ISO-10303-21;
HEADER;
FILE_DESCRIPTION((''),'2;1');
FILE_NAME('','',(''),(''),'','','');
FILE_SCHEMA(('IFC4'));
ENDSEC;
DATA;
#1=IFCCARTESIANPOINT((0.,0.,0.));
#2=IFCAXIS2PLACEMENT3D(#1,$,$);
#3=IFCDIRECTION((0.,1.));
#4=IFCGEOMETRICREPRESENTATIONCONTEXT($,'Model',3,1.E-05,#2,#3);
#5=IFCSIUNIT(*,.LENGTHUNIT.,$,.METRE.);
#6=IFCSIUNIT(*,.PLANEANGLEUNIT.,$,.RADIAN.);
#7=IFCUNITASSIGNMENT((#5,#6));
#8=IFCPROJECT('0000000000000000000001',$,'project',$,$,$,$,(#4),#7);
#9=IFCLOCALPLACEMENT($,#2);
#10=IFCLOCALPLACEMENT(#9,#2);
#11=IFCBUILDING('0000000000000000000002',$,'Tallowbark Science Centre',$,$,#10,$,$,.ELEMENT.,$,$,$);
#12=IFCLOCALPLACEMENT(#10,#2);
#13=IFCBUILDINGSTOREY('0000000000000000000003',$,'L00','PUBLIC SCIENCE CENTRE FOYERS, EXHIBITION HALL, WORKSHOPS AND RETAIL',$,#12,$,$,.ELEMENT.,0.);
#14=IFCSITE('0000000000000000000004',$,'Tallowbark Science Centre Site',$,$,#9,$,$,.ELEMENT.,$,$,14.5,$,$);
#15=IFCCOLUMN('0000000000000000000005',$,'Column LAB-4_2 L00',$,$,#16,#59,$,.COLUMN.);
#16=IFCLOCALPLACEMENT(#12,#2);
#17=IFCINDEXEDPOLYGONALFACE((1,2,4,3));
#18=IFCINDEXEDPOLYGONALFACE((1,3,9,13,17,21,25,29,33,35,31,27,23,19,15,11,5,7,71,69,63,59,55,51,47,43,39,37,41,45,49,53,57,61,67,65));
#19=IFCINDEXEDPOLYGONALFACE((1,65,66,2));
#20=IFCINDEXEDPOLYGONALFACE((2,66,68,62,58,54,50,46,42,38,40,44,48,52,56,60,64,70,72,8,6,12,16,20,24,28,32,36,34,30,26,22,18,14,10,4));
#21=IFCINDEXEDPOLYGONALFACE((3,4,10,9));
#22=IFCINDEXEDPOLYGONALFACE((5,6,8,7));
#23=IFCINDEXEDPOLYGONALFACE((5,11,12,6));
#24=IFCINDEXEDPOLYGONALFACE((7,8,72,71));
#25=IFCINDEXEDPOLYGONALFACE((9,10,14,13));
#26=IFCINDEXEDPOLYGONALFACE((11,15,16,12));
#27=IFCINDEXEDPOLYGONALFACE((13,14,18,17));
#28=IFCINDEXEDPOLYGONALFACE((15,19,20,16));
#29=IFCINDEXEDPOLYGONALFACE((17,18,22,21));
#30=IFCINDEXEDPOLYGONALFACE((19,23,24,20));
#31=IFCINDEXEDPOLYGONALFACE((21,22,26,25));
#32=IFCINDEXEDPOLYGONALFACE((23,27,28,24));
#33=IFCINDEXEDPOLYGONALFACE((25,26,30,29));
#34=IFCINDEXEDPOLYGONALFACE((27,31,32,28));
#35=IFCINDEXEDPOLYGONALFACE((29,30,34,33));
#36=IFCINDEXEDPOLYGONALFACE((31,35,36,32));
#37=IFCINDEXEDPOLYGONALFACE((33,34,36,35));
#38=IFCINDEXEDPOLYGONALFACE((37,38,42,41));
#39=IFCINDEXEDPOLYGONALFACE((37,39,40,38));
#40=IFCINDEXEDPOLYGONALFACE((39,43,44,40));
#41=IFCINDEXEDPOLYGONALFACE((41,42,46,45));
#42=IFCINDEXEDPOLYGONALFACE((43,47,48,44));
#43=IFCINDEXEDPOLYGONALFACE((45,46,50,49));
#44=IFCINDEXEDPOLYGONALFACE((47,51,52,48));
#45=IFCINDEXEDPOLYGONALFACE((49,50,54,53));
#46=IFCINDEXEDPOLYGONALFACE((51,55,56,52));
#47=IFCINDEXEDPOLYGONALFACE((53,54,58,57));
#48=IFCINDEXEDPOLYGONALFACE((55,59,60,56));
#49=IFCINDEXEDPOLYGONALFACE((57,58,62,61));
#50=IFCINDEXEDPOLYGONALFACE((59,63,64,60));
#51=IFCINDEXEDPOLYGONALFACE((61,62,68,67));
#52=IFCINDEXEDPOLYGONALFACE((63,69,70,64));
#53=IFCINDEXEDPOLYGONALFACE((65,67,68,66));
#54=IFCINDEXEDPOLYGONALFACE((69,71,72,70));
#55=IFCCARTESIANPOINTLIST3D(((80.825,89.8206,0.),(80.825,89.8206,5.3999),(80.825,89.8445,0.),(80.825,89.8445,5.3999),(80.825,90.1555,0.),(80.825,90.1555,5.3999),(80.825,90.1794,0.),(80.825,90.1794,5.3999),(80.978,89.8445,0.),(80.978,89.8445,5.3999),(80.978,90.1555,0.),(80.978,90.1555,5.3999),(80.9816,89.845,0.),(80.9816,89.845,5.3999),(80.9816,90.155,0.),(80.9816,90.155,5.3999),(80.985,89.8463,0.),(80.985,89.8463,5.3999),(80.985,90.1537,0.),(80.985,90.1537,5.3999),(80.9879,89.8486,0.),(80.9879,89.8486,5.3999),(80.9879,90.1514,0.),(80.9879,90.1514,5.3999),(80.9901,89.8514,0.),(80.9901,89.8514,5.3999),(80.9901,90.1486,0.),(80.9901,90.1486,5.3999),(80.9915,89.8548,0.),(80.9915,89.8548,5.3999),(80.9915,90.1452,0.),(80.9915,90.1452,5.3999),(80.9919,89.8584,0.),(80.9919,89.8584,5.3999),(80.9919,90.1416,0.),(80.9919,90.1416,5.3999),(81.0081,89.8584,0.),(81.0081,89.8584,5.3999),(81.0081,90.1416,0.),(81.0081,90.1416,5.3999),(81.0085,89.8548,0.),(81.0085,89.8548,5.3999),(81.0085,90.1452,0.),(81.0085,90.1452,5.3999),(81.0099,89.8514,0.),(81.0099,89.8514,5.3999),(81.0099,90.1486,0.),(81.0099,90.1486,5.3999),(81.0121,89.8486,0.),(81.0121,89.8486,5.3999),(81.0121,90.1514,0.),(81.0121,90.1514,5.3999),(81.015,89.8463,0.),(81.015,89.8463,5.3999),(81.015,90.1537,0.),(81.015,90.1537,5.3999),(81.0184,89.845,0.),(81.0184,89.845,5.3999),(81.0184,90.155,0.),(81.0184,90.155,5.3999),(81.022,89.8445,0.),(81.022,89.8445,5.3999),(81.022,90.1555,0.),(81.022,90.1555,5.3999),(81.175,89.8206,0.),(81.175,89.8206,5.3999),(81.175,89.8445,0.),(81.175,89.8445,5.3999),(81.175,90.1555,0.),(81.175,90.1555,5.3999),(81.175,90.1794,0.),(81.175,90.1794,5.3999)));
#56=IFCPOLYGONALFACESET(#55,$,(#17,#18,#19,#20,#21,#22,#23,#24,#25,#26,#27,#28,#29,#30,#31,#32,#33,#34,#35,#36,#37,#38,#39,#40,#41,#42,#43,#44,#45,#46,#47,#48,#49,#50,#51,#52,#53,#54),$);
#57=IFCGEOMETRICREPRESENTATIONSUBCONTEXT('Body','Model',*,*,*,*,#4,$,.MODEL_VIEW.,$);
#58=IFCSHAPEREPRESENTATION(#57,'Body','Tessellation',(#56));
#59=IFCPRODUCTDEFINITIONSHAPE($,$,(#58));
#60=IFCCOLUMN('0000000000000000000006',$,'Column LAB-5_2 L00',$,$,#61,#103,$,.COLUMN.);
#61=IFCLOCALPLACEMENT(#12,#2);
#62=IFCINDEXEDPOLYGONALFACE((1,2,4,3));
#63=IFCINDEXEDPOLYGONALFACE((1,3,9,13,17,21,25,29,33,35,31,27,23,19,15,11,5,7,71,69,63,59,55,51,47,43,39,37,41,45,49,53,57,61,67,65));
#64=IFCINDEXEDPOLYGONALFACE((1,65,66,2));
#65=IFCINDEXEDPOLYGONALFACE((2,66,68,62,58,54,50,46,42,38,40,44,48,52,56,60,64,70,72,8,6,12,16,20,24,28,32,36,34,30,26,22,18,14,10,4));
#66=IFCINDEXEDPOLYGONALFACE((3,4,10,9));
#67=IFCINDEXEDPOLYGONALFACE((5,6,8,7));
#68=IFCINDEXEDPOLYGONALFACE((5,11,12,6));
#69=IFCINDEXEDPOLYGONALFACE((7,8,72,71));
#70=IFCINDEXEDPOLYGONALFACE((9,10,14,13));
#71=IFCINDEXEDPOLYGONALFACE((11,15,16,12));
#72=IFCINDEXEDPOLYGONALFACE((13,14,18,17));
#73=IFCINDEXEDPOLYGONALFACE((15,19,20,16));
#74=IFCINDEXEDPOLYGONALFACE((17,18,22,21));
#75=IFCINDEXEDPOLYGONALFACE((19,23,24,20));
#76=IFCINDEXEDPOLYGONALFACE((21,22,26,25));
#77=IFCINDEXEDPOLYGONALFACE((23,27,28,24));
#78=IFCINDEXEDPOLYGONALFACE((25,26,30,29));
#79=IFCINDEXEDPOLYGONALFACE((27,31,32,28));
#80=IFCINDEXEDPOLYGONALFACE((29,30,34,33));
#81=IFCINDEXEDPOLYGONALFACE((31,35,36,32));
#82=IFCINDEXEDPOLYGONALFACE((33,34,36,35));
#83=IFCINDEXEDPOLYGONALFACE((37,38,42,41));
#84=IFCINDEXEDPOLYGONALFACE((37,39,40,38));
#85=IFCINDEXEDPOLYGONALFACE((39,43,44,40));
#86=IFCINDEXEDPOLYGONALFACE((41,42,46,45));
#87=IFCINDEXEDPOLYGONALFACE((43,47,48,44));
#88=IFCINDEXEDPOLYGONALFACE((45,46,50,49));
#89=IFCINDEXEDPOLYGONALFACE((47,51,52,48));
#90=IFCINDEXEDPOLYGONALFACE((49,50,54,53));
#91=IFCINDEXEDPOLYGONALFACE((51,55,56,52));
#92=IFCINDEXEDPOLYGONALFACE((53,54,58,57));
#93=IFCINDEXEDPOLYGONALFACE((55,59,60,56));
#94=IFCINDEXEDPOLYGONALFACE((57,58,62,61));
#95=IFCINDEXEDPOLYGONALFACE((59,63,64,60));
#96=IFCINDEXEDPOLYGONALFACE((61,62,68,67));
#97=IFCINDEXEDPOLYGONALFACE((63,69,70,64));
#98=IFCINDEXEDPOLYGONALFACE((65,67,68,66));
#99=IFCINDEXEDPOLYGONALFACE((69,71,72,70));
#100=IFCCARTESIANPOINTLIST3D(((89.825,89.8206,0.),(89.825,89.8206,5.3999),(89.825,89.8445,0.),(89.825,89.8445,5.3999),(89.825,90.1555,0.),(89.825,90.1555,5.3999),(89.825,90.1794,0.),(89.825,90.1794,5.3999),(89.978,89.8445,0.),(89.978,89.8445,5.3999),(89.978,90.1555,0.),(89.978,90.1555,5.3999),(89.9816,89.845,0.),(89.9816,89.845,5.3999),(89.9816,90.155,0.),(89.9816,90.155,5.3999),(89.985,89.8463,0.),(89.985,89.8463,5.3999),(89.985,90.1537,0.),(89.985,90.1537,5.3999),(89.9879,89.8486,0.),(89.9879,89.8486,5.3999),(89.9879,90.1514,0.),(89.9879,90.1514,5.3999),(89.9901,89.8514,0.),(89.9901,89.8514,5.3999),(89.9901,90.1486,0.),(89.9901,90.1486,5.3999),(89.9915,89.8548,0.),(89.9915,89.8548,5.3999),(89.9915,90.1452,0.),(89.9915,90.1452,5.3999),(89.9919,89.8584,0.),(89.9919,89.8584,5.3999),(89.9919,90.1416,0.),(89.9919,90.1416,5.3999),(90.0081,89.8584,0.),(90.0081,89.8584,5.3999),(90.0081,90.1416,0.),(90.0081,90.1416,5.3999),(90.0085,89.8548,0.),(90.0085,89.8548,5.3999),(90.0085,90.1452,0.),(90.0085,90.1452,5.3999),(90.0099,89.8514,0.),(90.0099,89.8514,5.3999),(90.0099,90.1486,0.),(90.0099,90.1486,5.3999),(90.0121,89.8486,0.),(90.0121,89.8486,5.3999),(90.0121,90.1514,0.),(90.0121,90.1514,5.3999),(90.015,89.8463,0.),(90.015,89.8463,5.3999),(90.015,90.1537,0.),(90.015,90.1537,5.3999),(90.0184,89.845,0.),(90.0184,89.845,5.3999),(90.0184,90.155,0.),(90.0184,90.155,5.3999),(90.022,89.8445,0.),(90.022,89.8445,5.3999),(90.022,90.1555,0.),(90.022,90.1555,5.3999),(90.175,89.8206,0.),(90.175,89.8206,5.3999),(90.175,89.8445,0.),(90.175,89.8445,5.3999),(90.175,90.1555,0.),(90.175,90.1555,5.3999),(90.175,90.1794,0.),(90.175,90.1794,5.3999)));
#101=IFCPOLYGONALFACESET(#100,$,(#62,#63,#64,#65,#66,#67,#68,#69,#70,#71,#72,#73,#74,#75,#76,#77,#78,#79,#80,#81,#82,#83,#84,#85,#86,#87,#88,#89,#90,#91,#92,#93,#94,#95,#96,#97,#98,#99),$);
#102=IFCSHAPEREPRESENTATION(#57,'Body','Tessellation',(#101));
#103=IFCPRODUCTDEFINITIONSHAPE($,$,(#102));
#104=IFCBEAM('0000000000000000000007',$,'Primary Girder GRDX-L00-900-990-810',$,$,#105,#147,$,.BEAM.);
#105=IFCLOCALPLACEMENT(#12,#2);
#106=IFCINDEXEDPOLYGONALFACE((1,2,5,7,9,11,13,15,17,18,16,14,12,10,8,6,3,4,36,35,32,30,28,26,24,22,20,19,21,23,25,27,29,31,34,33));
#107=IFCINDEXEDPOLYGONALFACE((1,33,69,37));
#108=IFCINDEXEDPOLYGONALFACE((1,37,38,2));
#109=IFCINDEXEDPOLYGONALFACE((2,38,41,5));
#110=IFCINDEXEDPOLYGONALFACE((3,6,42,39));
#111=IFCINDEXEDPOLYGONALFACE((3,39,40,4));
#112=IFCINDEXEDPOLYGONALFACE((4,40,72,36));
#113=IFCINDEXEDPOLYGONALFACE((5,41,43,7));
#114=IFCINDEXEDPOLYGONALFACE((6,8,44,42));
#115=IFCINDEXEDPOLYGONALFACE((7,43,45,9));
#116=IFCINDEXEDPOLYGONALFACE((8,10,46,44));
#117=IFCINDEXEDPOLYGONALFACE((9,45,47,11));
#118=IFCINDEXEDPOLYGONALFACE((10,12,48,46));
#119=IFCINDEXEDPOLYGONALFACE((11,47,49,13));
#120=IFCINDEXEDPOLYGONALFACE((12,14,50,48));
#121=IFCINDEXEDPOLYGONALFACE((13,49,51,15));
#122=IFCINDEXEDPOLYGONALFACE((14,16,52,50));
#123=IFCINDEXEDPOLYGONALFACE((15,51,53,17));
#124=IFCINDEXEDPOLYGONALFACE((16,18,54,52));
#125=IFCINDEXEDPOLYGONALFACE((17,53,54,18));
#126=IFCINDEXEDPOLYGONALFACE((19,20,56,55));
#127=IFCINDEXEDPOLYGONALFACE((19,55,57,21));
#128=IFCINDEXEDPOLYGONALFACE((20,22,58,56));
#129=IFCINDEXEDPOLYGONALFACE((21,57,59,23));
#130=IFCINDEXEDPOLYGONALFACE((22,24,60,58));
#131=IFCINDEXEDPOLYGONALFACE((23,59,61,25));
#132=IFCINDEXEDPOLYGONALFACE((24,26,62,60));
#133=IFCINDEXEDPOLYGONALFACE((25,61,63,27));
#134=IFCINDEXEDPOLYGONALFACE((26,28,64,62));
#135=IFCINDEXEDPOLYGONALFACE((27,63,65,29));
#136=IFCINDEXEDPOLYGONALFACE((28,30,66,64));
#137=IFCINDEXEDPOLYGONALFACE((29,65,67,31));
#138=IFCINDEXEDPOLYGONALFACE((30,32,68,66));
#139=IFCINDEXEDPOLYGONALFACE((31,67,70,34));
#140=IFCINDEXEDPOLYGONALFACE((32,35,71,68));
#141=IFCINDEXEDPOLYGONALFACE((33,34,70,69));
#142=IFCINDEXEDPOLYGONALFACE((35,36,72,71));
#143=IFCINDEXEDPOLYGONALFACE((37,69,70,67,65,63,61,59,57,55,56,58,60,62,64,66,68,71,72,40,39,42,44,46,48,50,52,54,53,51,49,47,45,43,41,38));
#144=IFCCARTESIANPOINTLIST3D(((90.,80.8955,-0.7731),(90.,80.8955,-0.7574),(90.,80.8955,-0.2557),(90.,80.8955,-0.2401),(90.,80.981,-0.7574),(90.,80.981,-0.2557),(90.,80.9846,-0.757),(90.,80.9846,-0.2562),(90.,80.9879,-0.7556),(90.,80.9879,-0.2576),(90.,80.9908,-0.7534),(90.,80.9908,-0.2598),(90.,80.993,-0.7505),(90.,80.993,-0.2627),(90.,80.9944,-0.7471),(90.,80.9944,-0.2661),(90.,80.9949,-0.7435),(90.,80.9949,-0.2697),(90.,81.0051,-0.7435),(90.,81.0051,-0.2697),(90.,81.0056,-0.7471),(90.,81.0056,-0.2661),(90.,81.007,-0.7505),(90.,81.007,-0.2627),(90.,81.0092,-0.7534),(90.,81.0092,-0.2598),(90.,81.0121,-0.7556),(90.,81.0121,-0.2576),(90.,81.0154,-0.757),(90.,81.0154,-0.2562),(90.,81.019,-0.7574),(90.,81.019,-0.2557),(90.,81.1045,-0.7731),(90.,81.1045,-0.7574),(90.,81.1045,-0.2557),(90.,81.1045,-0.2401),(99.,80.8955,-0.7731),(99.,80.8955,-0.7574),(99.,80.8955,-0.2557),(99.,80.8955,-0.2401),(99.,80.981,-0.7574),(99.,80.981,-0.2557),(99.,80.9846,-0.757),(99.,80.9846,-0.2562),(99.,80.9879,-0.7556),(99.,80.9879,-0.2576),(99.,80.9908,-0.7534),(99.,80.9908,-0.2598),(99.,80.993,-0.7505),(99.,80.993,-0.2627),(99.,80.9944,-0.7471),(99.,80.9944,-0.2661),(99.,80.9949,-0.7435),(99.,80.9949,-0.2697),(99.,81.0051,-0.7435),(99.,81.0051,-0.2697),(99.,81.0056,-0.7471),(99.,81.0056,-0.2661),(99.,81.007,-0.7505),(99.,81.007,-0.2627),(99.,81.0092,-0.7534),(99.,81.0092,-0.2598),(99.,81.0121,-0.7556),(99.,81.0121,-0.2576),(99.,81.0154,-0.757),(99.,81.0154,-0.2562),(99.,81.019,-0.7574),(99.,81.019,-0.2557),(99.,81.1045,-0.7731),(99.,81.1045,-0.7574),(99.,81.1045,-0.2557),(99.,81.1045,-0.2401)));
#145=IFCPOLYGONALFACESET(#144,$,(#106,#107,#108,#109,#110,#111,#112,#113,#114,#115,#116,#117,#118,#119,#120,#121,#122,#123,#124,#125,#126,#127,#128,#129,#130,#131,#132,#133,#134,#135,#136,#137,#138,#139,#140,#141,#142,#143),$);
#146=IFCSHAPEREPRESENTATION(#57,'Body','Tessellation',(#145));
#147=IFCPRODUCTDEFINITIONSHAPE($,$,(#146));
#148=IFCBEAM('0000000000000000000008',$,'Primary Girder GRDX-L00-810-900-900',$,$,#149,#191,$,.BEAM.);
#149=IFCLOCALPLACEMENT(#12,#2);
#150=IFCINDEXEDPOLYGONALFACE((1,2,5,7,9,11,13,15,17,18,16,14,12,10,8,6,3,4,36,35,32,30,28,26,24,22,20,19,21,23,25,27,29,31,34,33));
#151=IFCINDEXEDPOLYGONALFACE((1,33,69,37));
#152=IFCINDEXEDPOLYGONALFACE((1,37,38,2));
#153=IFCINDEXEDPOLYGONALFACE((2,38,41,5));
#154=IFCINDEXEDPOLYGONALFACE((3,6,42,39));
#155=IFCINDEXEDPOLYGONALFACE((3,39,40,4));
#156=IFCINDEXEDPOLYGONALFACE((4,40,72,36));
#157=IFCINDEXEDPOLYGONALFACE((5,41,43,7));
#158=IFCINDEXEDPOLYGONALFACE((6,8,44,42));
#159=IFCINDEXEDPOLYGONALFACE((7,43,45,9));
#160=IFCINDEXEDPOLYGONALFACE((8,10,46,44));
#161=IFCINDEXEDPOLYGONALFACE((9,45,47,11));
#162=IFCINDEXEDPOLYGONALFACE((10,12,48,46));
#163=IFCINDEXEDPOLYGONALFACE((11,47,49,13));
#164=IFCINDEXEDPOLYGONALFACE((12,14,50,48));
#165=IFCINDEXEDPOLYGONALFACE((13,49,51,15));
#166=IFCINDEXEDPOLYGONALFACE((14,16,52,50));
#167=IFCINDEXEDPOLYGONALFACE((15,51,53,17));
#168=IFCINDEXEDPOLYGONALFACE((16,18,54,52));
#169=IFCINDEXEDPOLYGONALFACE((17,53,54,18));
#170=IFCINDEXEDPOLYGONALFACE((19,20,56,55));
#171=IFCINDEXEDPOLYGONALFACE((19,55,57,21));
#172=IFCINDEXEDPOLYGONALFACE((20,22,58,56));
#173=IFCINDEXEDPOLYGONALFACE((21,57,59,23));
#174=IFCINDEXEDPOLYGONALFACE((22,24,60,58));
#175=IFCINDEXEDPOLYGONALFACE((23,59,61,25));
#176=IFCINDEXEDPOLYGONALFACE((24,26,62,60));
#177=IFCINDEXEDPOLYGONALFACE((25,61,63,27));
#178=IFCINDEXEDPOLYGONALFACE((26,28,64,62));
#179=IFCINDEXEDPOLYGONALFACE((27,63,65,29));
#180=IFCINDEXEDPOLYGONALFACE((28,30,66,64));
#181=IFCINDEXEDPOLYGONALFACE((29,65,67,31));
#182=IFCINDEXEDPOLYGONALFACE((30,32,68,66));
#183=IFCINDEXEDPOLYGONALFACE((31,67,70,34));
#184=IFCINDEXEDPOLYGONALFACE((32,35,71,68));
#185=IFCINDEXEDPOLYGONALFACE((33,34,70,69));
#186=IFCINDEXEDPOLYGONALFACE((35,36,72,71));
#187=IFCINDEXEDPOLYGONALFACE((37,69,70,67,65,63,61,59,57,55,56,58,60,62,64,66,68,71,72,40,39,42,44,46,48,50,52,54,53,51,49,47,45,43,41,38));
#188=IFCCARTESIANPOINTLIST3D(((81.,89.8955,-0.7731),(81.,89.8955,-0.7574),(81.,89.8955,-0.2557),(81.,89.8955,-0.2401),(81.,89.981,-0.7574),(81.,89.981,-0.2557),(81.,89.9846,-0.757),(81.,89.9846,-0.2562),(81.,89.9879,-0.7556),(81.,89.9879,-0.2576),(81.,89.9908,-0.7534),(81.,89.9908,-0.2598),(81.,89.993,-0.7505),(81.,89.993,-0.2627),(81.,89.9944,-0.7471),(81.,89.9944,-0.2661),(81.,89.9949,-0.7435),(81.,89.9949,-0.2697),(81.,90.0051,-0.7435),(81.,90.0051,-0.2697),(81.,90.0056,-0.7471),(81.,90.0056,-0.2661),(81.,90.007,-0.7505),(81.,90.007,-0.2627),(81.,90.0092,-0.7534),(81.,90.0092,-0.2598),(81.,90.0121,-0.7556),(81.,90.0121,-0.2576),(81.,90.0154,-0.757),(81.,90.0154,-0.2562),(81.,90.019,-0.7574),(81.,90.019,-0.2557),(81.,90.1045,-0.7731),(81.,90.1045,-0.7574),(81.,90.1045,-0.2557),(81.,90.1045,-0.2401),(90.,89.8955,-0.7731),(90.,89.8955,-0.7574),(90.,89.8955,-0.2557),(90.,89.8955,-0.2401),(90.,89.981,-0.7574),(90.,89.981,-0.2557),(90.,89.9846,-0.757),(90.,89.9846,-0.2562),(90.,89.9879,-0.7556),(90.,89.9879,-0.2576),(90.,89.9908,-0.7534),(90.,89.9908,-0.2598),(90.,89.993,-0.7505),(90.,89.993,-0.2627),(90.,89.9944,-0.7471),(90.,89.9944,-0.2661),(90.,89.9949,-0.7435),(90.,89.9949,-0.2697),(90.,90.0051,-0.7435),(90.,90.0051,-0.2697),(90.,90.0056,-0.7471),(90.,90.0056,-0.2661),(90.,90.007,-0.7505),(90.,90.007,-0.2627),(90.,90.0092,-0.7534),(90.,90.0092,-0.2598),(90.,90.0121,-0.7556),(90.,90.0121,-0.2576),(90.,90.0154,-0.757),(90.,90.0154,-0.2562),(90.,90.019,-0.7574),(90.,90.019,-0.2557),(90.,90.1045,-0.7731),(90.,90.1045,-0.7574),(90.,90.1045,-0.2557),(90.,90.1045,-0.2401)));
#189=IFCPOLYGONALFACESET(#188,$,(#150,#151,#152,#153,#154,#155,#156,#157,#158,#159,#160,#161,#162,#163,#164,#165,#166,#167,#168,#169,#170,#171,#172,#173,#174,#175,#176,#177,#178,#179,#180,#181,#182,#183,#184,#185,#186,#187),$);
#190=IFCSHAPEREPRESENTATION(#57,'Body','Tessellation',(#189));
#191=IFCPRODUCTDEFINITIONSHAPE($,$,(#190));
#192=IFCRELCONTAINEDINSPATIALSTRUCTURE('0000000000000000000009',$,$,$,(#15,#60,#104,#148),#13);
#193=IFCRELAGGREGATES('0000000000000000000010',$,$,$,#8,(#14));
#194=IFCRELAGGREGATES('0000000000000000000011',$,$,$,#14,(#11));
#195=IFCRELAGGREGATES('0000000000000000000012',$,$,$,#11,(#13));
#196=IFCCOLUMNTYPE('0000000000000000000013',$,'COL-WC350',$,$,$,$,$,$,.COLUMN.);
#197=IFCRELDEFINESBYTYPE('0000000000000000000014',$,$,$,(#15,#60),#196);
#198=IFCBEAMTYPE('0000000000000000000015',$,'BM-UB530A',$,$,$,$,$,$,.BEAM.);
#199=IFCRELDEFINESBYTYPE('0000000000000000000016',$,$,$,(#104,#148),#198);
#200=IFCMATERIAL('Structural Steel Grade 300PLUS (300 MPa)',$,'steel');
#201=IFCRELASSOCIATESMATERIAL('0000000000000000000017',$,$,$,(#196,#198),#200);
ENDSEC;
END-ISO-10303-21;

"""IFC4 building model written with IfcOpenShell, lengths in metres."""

from ifc_helpers import new_model, si_unit, direction, frame, origin, origin_2d, place, context, subcontext, project, spatial, i_section, extrude, material, material_profile, profile_set, type_object, element, save


model = new_model("IFC4")

# Units and contexts
model_context = context("Model", 3, precision=1e-05, world=origin(), true_north=direction((0.0, 1.0)))
body_context = subcontext(model_context, "Body", "Model", "MODEL_VIEW")
ifc_project = project(units=[si_unit("LENGTHUNIT", "METRE"), si_unit("PLANEANGLEUNIT", "RADIAN")], contexts=[model_context])

# Site, building, storey
site_placement = place(None, origin())
site = spatial("IfcSite", under=ifc_project, at=site_placement, Name="Tallowbark Science Centre Site", CompositionType="ELEMENT", RefElevation=14.5)
building_placement = place(site_placement, origin())
building = spatial("IfcBuilding", under=site, at=building_placement, Name="Tallowbark Science Centre", CompositionType="ELEMENT")
storey_placement = place(building_placement, origin())
storey = spatial("IfcBuildingStorey", under=building, at=storey_placement, Name="L00", Description="PUBLIC SCIENCE CENTRE FOYERS, EXHIBITION HALL, WORKSHOPS AND RETAIL", CompositionType="ELEMENT", Elevation=0.0)

# Columns
ifc_material_1 = material(Name="Structural Steel Grade 300PLUS (300 MPa)", Category="steel")
ifc_material_profile_1 = material_profile(ifc_material_1, i_section(OverallWidth=0.3501, OverallDepth=0.3589, WebThickness=0.0161, FlangeThickness=0.0239, FilletRadius=0.0139, at=origin_2d()), Name="350WC197")
ifc_profile_set_1 = profile_set([ifc_material_profile_1], Name="Structural Steel Grade 300PLUS (300 MPa)")
column_type = type_object("IfcColumnType", Name="COL-WC350", PredefinedType="COLUMN", material=ifc_profile_set_1)
for number, where, z_axis, x_axis, name in (
    (1, (81.0, 90.0, 0.0), (0.0, 0.0, 1.0), (1.0, 0.0, 0.0), "Column LAB-4_2 L00"),
    (2, (90.0, 90.0, 0.0), (0.0, 0.0, 1.0), (1.0, 0.0, 0.0), "Column LAB-5_2 L00"),
):
    element("IfcColumn", number, at=place(storey_placement, frame(where, z_axis=z_axis, x_axis=x_axis)), inside=storey, type_object=column_type, Name=name, PredefinedType="COLUMN", context=body_context, shape_type="SweptSolid", body=[
        extrude(i_section(OverallWidth=0.3501, OverallDepth=0.3589, WebThickness=0.0161, FlangeThickness=0.0239, FilletRadius=0.0139, at=origin_2d()), origin(), (0.0, 0.0, 1.0), 5.3999),
    ])

# Beams
ifc_material_profile_2 = material_profile(ifc_material_1, i_section(OverallWidth=0.209, OverallDepth=0.533, WebThickness=0.0103, FlangeThickness=0.0156, FilletRadius=0.0139, at=origin_2d()), Name="530UB92.4")
ifc_profile_set_2 = profile_set([ifc_material_profile_2], Name="Structural Steel Grade 300PLUS (300 MPa)")
beam_type_1 = type_object("IfcBeamType", Name="BM-UB530A", PredefinedType="BEAM", material=ifc_profile_set_2)
for number, where, z_axis, x_axis, name in (
    (3, (90.0, 81.0, -0.5066), (1.0, 0.0, 0.0), (0.0, 1.0, 0.0), "Primary Girder GRDX-L00-900-990-810"),
    (4, (81.0, 90.0, -0.5066), (1.0, 0.0, 0.0), (0.0, 1.0, 0.0), "Primary Girder GRDX-L00-810-900-900"),
):
    element("IfcBeam", number, at=place(storey_placement, frame(where, z_axis=z_axis, x_axis=x_axis)), inside=storey, type_object=beam_type_1, Name=name, PredefinedType="BEAM", context=body_context, shape_type="SweptSolid", body=[
        extrude(i_section(OverallWidth=0.209, OverallDepth=0.533, WebThickness=0.0103, FlangeThickness=0.0156, FilletRadius=0.0139, at=origin_2d()), origin(), (0.0, 0.0, 1.0), 9.0),
    ])

save(model, "model.ifc")
